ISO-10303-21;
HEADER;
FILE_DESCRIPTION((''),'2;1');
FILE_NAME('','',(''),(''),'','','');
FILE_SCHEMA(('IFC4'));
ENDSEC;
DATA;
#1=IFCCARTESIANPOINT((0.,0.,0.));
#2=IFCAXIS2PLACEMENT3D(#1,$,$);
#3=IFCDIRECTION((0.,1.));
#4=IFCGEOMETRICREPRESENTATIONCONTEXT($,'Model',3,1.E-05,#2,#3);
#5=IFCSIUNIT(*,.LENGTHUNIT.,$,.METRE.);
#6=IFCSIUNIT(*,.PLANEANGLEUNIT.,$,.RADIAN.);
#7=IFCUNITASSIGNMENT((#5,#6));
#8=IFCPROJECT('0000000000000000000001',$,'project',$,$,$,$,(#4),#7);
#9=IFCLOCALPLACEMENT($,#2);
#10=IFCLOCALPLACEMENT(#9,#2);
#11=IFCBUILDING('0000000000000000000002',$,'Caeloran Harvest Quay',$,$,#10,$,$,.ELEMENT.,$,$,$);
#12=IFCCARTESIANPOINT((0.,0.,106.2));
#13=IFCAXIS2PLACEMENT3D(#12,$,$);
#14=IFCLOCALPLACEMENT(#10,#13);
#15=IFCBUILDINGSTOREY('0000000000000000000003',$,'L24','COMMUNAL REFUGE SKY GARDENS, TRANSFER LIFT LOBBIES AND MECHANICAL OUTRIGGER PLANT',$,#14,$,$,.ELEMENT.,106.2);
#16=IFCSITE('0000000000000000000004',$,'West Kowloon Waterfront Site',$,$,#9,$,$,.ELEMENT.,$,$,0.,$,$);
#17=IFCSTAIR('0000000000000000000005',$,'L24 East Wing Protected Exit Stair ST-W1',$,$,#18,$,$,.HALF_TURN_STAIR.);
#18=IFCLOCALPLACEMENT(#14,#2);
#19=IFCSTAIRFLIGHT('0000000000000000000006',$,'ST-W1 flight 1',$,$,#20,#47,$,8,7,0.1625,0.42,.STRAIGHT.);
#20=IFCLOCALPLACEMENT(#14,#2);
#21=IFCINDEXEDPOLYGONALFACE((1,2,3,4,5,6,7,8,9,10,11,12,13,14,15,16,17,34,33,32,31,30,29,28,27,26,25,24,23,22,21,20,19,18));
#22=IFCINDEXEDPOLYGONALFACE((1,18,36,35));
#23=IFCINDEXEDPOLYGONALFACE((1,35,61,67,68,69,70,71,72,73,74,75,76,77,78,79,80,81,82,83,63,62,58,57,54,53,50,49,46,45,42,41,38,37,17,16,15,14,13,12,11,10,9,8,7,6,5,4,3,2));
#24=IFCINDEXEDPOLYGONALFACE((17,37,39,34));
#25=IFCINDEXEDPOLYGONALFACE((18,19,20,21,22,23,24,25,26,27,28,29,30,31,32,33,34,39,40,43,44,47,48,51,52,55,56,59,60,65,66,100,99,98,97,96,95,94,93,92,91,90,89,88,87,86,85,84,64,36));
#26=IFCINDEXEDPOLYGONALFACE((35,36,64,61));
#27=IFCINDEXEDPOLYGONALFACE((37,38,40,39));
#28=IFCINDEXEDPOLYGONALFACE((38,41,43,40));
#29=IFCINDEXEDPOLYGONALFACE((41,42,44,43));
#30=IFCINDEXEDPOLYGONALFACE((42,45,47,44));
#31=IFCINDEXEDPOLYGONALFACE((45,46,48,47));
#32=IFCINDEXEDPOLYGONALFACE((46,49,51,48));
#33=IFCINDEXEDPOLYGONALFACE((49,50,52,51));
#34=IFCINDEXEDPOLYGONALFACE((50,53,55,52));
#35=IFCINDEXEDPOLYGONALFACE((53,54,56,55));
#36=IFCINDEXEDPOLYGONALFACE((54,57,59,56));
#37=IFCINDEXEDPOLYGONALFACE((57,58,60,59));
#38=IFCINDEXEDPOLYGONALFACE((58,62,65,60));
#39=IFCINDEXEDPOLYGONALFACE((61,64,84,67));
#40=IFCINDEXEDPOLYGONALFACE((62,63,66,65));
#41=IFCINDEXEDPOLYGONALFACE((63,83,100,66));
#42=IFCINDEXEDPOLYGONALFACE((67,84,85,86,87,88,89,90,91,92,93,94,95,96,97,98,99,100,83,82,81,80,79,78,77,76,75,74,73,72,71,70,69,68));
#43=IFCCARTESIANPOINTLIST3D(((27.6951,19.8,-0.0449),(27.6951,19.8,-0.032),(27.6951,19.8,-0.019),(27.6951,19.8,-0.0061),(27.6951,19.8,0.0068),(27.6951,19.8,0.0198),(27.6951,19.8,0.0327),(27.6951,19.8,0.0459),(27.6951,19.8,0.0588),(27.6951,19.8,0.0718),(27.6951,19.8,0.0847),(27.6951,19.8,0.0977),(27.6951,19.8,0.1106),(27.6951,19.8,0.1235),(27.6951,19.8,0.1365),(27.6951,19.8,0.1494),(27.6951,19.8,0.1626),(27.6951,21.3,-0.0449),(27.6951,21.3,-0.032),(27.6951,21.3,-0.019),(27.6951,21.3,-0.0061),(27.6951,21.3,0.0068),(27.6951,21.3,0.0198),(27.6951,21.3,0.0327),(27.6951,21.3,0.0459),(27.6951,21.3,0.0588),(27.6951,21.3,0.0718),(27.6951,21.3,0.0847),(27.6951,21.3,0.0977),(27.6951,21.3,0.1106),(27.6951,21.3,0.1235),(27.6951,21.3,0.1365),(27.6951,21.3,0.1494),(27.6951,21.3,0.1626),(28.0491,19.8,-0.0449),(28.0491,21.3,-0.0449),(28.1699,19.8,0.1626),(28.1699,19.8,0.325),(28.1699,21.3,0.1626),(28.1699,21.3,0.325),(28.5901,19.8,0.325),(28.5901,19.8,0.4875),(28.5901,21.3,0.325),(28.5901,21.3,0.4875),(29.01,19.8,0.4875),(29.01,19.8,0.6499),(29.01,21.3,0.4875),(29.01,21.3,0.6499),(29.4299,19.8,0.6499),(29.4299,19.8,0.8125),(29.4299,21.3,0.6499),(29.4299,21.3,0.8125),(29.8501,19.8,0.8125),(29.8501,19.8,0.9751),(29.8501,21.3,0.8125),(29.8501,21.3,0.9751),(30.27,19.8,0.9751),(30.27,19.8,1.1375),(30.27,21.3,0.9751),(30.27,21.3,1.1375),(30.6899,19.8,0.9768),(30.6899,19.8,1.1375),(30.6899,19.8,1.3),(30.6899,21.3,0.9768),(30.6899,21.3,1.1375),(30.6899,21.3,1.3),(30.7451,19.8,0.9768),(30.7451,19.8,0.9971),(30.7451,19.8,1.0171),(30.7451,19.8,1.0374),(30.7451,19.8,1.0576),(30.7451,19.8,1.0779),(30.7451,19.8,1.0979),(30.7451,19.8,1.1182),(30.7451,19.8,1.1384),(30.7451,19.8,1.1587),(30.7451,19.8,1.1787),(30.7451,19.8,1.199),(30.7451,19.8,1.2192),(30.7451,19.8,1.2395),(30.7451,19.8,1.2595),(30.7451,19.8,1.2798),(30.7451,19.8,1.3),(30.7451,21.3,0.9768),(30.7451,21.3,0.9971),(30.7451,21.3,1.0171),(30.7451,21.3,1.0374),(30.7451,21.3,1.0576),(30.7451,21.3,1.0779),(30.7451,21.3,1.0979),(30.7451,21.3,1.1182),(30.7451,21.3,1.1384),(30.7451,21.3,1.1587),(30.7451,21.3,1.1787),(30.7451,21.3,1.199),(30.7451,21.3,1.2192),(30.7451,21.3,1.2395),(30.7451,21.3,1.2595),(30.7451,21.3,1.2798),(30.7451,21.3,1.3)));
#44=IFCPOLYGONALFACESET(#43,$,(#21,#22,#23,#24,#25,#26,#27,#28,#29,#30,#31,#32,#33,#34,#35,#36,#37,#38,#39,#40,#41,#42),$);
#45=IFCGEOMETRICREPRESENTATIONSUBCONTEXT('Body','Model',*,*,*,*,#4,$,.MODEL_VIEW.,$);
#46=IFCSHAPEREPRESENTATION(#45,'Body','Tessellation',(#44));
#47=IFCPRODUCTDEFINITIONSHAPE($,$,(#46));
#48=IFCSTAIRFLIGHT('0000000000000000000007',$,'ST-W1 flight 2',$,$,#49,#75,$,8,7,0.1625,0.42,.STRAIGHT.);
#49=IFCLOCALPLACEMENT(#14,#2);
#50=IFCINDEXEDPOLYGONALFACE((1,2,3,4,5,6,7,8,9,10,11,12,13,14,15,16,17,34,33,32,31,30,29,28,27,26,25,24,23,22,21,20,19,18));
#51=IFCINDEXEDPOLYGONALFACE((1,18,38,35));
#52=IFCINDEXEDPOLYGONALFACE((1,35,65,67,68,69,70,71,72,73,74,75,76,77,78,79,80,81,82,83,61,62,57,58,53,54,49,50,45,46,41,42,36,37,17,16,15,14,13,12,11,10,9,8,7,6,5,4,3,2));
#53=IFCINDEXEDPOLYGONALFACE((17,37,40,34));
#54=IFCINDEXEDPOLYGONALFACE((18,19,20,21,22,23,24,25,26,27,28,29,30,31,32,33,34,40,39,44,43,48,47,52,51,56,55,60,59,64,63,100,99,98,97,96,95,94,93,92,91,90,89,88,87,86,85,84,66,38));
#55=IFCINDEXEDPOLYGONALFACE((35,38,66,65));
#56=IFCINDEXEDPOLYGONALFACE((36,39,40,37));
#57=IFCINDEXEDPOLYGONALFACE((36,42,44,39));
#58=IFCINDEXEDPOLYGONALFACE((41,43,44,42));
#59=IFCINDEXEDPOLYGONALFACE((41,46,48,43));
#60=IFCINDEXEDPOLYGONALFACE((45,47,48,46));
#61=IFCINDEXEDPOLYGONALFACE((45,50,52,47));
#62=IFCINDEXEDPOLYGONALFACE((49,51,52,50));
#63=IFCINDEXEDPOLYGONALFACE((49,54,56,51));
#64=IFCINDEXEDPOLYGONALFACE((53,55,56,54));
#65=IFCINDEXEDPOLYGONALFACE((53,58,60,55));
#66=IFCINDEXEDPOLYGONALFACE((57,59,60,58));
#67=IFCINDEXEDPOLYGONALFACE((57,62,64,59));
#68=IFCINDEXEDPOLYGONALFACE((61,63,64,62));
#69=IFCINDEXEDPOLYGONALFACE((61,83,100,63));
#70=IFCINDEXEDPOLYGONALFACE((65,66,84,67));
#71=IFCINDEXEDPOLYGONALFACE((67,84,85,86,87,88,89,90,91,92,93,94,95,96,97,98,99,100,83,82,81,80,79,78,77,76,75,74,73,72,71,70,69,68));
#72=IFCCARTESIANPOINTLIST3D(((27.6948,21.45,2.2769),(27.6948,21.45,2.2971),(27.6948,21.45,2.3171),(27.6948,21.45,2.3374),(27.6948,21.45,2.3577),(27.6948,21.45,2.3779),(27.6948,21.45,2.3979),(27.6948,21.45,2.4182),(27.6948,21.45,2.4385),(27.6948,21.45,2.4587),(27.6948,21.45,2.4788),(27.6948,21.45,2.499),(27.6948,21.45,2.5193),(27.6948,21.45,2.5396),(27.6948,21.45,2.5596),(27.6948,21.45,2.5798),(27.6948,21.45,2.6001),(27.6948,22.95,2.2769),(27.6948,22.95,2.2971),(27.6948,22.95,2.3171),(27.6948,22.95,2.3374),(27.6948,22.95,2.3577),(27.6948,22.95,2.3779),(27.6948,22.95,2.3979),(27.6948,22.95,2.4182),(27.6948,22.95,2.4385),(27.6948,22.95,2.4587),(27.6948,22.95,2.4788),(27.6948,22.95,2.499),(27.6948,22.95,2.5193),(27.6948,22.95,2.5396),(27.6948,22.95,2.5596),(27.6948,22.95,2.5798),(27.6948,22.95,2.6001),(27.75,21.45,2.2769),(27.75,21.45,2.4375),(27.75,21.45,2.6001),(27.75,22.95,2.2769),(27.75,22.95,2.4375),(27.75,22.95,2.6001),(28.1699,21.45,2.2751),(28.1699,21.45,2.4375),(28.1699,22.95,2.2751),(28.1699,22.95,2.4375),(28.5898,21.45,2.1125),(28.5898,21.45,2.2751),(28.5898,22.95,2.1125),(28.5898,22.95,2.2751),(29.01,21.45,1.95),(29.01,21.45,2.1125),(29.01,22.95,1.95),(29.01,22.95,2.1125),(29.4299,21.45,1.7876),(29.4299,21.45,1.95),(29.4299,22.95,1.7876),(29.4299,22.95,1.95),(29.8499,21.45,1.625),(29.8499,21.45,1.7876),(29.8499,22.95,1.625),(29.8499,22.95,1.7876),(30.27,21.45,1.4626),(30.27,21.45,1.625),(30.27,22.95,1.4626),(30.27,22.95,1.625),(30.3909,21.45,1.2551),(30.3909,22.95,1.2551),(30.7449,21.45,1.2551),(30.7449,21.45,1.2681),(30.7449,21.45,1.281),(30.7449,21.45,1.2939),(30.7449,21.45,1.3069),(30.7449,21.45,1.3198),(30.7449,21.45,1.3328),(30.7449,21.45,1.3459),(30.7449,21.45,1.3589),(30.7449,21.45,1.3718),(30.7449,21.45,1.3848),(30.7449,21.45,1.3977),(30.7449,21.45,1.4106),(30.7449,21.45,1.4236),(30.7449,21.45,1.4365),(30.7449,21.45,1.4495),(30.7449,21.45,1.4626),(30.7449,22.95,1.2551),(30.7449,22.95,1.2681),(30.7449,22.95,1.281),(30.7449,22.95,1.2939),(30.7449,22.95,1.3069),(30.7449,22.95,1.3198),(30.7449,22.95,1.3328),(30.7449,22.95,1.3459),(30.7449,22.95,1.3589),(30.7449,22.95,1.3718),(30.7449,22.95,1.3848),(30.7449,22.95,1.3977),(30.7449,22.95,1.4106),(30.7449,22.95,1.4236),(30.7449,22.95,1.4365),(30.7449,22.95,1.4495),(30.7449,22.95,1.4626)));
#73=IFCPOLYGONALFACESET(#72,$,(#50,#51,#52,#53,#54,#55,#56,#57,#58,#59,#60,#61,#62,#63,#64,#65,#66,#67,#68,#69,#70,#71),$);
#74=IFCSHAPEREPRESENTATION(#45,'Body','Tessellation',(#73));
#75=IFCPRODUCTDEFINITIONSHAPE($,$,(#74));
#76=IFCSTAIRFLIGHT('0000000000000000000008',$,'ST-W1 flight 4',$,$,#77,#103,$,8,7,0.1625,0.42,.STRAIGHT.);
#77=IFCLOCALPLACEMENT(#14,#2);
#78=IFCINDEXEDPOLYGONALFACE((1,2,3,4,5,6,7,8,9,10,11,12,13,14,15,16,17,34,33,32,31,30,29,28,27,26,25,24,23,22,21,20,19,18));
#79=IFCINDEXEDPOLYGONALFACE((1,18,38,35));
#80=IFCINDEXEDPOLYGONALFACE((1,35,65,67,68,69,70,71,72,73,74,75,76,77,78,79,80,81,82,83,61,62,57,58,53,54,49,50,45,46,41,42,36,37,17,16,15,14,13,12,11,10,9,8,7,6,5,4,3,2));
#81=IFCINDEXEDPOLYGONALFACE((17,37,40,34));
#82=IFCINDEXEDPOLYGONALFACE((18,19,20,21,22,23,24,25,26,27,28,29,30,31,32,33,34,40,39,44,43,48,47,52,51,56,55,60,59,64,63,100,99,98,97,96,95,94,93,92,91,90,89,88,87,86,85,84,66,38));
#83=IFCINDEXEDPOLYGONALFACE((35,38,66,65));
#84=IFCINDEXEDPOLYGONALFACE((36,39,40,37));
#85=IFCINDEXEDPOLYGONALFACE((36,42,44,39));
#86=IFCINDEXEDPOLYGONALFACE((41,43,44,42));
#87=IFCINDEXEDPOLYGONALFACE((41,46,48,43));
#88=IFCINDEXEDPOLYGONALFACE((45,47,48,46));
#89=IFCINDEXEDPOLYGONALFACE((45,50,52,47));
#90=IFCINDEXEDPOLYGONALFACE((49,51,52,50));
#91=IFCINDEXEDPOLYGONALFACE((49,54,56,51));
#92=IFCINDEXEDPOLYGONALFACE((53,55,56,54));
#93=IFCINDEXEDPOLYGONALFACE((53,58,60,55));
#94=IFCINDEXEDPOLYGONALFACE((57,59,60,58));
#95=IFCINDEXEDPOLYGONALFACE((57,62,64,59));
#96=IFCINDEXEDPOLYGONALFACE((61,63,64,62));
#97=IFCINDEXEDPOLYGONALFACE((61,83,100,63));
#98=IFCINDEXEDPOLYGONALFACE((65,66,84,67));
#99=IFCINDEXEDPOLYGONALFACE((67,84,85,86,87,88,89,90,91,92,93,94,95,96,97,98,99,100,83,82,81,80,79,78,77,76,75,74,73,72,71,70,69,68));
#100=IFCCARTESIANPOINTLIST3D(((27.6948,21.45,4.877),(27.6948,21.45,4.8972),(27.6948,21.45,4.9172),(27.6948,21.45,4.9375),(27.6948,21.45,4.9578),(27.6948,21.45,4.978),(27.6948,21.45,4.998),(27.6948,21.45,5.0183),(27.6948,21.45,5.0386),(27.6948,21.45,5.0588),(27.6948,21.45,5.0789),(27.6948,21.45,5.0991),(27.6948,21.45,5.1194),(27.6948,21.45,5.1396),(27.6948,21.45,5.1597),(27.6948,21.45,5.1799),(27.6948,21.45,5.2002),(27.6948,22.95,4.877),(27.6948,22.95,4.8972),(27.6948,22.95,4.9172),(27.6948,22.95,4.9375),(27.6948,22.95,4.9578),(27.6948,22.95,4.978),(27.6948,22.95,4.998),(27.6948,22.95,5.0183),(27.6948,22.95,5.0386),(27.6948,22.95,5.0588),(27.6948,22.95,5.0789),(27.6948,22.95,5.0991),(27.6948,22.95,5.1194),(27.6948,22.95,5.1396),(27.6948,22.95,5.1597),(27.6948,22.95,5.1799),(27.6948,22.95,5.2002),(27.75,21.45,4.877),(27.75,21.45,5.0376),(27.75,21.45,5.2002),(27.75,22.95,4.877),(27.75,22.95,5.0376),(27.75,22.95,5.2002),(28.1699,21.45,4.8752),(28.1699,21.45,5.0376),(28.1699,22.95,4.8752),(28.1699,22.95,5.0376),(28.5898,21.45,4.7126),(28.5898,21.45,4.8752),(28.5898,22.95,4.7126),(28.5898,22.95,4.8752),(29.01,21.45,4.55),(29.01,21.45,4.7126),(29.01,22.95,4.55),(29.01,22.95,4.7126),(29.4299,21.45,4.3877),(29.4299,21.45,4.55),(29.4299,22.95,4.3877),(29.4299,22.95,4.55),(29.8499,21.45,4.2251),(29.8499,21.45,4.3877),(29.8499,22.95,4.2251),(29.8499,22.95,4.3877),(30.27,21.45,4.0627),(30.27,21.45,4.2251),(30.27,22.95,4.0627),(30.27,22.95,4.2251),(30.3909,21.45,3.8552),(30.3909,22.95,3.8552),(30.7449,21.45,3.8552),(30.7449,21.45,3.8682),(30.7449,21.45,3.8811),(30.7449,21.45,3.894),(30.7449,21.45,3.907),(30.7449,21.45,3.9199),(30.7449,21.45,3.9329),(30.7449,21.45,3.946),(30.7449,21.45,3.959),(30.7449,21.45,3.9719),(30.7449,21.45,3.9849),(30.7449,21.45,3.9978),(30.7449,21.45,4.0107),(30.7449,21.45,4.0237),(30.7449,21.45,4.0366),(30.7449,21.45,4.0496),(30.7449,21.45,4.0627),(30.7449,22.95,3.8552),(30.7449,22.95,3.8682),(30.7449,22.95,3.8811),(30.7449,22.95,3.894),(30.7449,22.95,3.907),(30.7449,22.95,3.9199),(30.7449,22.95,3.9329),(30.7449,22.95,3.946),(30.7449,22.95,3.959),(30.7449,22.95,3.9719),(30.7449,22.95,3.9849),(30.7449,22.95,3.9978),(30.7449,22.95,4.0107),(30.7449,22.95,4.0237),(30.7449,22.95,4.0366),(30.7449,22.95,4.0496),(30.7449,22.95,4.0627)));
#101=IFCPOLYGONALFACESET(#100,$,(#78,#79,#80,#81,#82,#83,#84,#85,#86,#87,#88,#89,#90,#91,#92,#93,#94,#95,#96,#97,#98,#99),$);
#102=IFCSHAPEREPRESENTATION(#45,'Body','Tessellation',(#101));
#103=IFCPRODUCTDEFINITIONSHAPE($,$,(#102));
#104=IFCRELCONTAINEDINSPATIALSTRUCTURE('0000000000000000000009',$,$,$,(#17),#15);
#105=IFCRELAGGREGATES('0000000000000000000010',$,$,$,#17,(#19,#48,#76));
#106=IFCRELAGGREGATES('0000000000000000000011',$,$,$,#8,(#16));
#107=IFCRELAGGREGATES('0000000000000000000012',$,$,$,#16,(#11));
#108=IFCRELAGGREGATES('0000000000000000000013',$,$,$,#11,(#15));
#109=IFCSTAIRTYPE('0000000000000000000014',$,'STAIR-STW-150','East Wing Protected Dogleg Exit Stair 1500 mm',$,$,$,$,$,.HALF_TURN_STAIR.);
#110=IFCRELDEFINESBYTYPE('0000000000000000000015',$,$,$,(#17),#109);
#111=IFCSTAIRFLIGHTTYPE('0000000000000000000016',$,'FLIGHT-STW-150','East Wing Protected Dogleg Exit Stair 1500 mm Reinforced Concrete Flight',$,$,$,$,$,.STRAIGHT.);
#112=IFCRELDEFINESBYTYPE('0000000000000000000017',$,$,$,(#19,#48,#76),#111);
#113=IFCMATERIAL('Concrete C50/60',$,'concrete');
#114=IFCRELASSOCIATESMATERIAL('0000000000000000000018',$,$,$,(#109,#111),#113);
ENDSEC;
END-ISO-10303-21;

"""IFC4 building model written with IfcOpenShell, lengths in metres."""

from ifc_helpers import new_model, si_unit, direction, frame, origin, place, context, subcontext, project, spatial, polyline, outline, extrude, material, type_object, element, aggregate, save


model = new_model("IFC4")

# Units and contexts
model_context = context("Model", 3, precision=1e-05, world=origin(), true_north=direction((0.0, 1.0)))
body_context = subcontext(model_context, "Body", "Model", "MODEL_VIEW")
ifc_project = project(units=[si_unit("LENGTHUNIT", "METRE"), si_unit("PLANEANGLEUNIT", "RADIAN")], contexts=[model_context])

# Site, building, storey
site_placement = place(None, origin())
site = spatial("IfcSite", under=ifc_project, at=site_placement, Name="West Kowloon Waterfront Site", CompositionType="ELEMENT", RefElevation=0.0)
building_placement = place(site_placement, origin())
building = spatial("IfcBuilding", under=site, at=building_placement, Name="Caeloran Harvest Quay", CompositionType="ELEMENT")
storey_placement = place(building_placement, frame((0.0, 0.0, 106.2)))
storey = spatial("IfcBuildingStorey", under=building, at=storey_placement, Name="L24", Description="COMMUNAL REFUGE SKY GARDENS, TRANSFER LIFT LOBBIES AND MECHANICAL OUTRIGGER PLANT", CompositionType="ELEMENT", Elevation=106.2)

# Stair, stair flights
ifc_material_1 = material(Name="Concrete C50/60", Category="concrete")
stair_type = type_object("IfcStairType", Name="STAIR-STW-150", Description="East Wing Protected Dogleg Exit Stair 1500 mm", PredefinedType="HALF_TURN_STAIR", material=ifc_material_1)
stair_placement = place(storey_placement, origin())
stair = element("IfcStair", 1, at=stair_placement, inside=storey, type_object=stair_type, Name="L24 East Wing Protected Exit Stair ST-W1", PredefinedType="HALF_TURN_STAIR")
stair_flight_type = type_object("IfcStairFlightType", Name="FLIGHT-STW-150", Description="East Wing Protected Dogleg Exit Stair 1500 mm Reinforced Concrete Flight", PredefinedType="STRAIGHT", material=ifc_material_1)
stair_flight_1_placement = place(storey_placement, frame((27.75, 20.55, 0.0), z_axis=(0.0, 0.0, 1.0), x_axis=(1.0, 0.0, 0.0)))
stair_flight_1 = element("IfcStairFlight", 2, at=stair_flight_1_placement, type_object=stair_flight_type, Name="ST-W1 flight 1", NumberOfRisers=8, NumberOfTreads=7, PredefinedType="STRAIGHT", RiserHeight=0.1625, TreadLength=0.42, context=body_context, shape_type="SweptSolid", body=[
    extrude(outline(polyline([(-0.0549, -0.0449), (-0.0549, -0.032), (-0.0549, -0.019), (-0.0549, -0.0061), (-0.0549, 0.0068), (-0.0549, 0.0198), (-0.0549, 0.0327), (-0.0549, 0.0459), (-0.0549, 0.0588), (-0.0549, 0.0718), (-0.0549, 0.0847), (-0.0549, 0.0977), (-0.0549, 0.1106), (-0.0549, 0.1235), (-0.0549, 0.1365), (-0.0549, 0.1494), (-0.0549, 0.1626), (0.4199, 0.1626), (0.4199, 0.325), (0.8401, 0.325), (0.8401, 0.4875), (1.26, 0.4875), (1.26, 0.6499), (1.6799, 0.6499), (1.6799, 0.8125), (2.1001, 0.8125), (2.1001, 0.9751), (2.52, 0.9751), (2.52, 1.1375), (2.9399, 1.1375), (2.9399, 1.3), (2.9951, 1.3), (2.9951, 1.2798), (2.9951, 1.2595), (2.9951, 1.2395), (2.9951, 1.2192), (2.9951, 1.199), (2.9951, 1.1787), (2.9951, 1.1587), (2.9951, 1.1384), (2.9951, 1.1182), (2.9951, 1.0979), (2.9951, 1.0779), (2.9951, 1.0576), (2.9951, 1.0374), (2.9951, 1.0171), (2.9951, 0.9971), (2.9951, 0.9768), (2.9399, 0.9768), (0.2991, -0.0449), (-0.0549, -0.0449)])), frame((0.0, 0.75, 0.0), z_axis=(0.0, -1.0, 0.0), x_axis=(1.0, 0.0, 0.0)), (0.0, 0.0, 1.0), 1.5),
])
stair_flight_2_placement = place(storey_placement, frame((30.6899, 22.2, 1.3), z_axis=(0.0, 0.0, 1.0), x_axis=(-1.0, 0.0, 0.0)))
stair_flight_2 = element("IfcStairFlight", 3, at=stair_flight_2_placement, type_object=stair_flight_type, Name="ST-W1 flight 2", NumberOfRisers=8, NumberOfTreads=7, PredefinedType="STRAIGHT", RiserHeight=0.1625, TreadLength=0.42, context=body_context, shape_type="SweptSolid", body=[
    extrude(outline(polyline([(-0.0549, -0.0449), (-0.0549, -0.032), (-0.0549, -0.019), (-0.0549, -0.0061), (-0.0549, 0.0068), (-0.0549, 0.0198), (-0.0549, 0.0327), (-0.0549, 0.0459), (-0.0549, 0.0588), (-0.0549, 0.0718), (-0.0549, 0.0847), (-0.0549, 0.0977), (-0.0549, 0.1106), (-0.0549, 0.1235), (-0.0549, 0.1365), (-0.0549, 0.1494), (-0.0549, 0.1626), (0.4199, 0.1626), (0.4199, 0.325), (0.8401, 0.325), (0.8401, 0.4875), (1.26, 0.4875), (1.26, 0.6499), (1.6799, 0.6499), (1.6799, 0.8125), (2.1001, 0.8125), (2.1001, 0.9751), (2.52, 0.9751), (2.52, 1.1375), (2.9399, 1.1375), (2.9399, 1.3), (2.9951, 1.3), (2.9951, 1.2798), (2.9951, 1.2595), (2.9951, 1.2395), (2.9951, 1.2192), (2.9951, 1.199), (2.9951, 1.1787), (2.9951, 1.1587), (2.9951, 1.1384), (2.9951, 1.1182), (2.9951, 1.0979), (2.9951, 1.0779), (2.9951, 1.0576), (2.9951, 1.0374), (2.9951, 1.0171), (2.9951, 0.9971), (2.9951, 0.9768), (2.9399, 0.9768), (0.2991, -0.0449), (-0.0549, -0.0449)])), frame((0.0, 0.75, 0.0), z_axis=(0.0, -1.0, 0.0), x_axis=(1.0, 0.0, 0.0)), (0.0, 0.0, 1.0), 1.5),
])
stair_flight_3_placement = place(storey_placement, frame((30.6899, 22.2, 3.9001), z_axis=(0.0, 0.0, 1.0), x_axis=(-1.0, 0.0, 0.0)))
stair_flight_3 = element("IfcStairFlight", 4, at=stair_flight_3_placement, type_object=stair_flight_type, Name="ST-W1 flight 4", NumberOfRisers=8, NumberOfTreads=7, PredefinedType="STRAIGHT", RiserHeight=0.1625, TreadLength=0.42, context=body_context, shape_type="SweptSolid", body=[
    extrude(outline(polyline([(-0.0549, -0.0449), (-0.0549, -0.032), (-0.0549, -0.019), (-0.0549, -0.0061), (-0.0549, 0.0068), (-0.0549, 0.0198), (-0.0549, 0.0327), (-0.0549, 0.0459), (-0.0549, 0.0588), (-0.0549, 0.0718), (-0.0549, 0.0847), (-0.0549, 0.0977), (-0.0549, 0.1106), (-0.0549, 0.1235), (-0.0549, 0.1365), (-0.0549, 0.1494), (-0.0549, 0.1626), (0.4199, 0.1626), (0.4199, 0.325), (0.8401, 0.325), (0.8401, 0.4875), (1.26, 0.4875), (1.26, 0.6499), (1.6799, 0.6499), (1.6799, 0.8125), (2.1001, 0.8125), (2.1001, 0.9751), (2.52, 0.9751), (2.52, 1.1375), (2.9399, 1.1375), (2.9399, 1.3), (2.9951, 1.3), (2.9951, 1.2798), (2.9951, 1.2595), (2.9951, 1.2395), (2.9951, 1.2192), (2.9951, 1.199), (2.9951, 1.1787), (2.9951, 1.1587), (2.9951, 1.1384), (2.9951, 1.1182), (2.9951, 1.0979), (2.9951, 1.0779), (2.9951, 1.0576), (2.9951, 1.0374), (2.9951, 1.0171), (2.9951, 0.9971), (2.9951, 0.9768), (2.9399, 0.9768), (0.2991, -0.0449), (-0.0549, -0.0449)])), frame((0.0, 0.75, 0.0), z_axis=(0.0, -1.0, 0.0), x_axis=(1.0, 0.0, 0.0)), (0.0, 0.0, 1.0), 1.5),
])
aggregate(stair, [stair_flight_1, stair_flight_2, stair_flight_3])

save(model, "model.ifc")
